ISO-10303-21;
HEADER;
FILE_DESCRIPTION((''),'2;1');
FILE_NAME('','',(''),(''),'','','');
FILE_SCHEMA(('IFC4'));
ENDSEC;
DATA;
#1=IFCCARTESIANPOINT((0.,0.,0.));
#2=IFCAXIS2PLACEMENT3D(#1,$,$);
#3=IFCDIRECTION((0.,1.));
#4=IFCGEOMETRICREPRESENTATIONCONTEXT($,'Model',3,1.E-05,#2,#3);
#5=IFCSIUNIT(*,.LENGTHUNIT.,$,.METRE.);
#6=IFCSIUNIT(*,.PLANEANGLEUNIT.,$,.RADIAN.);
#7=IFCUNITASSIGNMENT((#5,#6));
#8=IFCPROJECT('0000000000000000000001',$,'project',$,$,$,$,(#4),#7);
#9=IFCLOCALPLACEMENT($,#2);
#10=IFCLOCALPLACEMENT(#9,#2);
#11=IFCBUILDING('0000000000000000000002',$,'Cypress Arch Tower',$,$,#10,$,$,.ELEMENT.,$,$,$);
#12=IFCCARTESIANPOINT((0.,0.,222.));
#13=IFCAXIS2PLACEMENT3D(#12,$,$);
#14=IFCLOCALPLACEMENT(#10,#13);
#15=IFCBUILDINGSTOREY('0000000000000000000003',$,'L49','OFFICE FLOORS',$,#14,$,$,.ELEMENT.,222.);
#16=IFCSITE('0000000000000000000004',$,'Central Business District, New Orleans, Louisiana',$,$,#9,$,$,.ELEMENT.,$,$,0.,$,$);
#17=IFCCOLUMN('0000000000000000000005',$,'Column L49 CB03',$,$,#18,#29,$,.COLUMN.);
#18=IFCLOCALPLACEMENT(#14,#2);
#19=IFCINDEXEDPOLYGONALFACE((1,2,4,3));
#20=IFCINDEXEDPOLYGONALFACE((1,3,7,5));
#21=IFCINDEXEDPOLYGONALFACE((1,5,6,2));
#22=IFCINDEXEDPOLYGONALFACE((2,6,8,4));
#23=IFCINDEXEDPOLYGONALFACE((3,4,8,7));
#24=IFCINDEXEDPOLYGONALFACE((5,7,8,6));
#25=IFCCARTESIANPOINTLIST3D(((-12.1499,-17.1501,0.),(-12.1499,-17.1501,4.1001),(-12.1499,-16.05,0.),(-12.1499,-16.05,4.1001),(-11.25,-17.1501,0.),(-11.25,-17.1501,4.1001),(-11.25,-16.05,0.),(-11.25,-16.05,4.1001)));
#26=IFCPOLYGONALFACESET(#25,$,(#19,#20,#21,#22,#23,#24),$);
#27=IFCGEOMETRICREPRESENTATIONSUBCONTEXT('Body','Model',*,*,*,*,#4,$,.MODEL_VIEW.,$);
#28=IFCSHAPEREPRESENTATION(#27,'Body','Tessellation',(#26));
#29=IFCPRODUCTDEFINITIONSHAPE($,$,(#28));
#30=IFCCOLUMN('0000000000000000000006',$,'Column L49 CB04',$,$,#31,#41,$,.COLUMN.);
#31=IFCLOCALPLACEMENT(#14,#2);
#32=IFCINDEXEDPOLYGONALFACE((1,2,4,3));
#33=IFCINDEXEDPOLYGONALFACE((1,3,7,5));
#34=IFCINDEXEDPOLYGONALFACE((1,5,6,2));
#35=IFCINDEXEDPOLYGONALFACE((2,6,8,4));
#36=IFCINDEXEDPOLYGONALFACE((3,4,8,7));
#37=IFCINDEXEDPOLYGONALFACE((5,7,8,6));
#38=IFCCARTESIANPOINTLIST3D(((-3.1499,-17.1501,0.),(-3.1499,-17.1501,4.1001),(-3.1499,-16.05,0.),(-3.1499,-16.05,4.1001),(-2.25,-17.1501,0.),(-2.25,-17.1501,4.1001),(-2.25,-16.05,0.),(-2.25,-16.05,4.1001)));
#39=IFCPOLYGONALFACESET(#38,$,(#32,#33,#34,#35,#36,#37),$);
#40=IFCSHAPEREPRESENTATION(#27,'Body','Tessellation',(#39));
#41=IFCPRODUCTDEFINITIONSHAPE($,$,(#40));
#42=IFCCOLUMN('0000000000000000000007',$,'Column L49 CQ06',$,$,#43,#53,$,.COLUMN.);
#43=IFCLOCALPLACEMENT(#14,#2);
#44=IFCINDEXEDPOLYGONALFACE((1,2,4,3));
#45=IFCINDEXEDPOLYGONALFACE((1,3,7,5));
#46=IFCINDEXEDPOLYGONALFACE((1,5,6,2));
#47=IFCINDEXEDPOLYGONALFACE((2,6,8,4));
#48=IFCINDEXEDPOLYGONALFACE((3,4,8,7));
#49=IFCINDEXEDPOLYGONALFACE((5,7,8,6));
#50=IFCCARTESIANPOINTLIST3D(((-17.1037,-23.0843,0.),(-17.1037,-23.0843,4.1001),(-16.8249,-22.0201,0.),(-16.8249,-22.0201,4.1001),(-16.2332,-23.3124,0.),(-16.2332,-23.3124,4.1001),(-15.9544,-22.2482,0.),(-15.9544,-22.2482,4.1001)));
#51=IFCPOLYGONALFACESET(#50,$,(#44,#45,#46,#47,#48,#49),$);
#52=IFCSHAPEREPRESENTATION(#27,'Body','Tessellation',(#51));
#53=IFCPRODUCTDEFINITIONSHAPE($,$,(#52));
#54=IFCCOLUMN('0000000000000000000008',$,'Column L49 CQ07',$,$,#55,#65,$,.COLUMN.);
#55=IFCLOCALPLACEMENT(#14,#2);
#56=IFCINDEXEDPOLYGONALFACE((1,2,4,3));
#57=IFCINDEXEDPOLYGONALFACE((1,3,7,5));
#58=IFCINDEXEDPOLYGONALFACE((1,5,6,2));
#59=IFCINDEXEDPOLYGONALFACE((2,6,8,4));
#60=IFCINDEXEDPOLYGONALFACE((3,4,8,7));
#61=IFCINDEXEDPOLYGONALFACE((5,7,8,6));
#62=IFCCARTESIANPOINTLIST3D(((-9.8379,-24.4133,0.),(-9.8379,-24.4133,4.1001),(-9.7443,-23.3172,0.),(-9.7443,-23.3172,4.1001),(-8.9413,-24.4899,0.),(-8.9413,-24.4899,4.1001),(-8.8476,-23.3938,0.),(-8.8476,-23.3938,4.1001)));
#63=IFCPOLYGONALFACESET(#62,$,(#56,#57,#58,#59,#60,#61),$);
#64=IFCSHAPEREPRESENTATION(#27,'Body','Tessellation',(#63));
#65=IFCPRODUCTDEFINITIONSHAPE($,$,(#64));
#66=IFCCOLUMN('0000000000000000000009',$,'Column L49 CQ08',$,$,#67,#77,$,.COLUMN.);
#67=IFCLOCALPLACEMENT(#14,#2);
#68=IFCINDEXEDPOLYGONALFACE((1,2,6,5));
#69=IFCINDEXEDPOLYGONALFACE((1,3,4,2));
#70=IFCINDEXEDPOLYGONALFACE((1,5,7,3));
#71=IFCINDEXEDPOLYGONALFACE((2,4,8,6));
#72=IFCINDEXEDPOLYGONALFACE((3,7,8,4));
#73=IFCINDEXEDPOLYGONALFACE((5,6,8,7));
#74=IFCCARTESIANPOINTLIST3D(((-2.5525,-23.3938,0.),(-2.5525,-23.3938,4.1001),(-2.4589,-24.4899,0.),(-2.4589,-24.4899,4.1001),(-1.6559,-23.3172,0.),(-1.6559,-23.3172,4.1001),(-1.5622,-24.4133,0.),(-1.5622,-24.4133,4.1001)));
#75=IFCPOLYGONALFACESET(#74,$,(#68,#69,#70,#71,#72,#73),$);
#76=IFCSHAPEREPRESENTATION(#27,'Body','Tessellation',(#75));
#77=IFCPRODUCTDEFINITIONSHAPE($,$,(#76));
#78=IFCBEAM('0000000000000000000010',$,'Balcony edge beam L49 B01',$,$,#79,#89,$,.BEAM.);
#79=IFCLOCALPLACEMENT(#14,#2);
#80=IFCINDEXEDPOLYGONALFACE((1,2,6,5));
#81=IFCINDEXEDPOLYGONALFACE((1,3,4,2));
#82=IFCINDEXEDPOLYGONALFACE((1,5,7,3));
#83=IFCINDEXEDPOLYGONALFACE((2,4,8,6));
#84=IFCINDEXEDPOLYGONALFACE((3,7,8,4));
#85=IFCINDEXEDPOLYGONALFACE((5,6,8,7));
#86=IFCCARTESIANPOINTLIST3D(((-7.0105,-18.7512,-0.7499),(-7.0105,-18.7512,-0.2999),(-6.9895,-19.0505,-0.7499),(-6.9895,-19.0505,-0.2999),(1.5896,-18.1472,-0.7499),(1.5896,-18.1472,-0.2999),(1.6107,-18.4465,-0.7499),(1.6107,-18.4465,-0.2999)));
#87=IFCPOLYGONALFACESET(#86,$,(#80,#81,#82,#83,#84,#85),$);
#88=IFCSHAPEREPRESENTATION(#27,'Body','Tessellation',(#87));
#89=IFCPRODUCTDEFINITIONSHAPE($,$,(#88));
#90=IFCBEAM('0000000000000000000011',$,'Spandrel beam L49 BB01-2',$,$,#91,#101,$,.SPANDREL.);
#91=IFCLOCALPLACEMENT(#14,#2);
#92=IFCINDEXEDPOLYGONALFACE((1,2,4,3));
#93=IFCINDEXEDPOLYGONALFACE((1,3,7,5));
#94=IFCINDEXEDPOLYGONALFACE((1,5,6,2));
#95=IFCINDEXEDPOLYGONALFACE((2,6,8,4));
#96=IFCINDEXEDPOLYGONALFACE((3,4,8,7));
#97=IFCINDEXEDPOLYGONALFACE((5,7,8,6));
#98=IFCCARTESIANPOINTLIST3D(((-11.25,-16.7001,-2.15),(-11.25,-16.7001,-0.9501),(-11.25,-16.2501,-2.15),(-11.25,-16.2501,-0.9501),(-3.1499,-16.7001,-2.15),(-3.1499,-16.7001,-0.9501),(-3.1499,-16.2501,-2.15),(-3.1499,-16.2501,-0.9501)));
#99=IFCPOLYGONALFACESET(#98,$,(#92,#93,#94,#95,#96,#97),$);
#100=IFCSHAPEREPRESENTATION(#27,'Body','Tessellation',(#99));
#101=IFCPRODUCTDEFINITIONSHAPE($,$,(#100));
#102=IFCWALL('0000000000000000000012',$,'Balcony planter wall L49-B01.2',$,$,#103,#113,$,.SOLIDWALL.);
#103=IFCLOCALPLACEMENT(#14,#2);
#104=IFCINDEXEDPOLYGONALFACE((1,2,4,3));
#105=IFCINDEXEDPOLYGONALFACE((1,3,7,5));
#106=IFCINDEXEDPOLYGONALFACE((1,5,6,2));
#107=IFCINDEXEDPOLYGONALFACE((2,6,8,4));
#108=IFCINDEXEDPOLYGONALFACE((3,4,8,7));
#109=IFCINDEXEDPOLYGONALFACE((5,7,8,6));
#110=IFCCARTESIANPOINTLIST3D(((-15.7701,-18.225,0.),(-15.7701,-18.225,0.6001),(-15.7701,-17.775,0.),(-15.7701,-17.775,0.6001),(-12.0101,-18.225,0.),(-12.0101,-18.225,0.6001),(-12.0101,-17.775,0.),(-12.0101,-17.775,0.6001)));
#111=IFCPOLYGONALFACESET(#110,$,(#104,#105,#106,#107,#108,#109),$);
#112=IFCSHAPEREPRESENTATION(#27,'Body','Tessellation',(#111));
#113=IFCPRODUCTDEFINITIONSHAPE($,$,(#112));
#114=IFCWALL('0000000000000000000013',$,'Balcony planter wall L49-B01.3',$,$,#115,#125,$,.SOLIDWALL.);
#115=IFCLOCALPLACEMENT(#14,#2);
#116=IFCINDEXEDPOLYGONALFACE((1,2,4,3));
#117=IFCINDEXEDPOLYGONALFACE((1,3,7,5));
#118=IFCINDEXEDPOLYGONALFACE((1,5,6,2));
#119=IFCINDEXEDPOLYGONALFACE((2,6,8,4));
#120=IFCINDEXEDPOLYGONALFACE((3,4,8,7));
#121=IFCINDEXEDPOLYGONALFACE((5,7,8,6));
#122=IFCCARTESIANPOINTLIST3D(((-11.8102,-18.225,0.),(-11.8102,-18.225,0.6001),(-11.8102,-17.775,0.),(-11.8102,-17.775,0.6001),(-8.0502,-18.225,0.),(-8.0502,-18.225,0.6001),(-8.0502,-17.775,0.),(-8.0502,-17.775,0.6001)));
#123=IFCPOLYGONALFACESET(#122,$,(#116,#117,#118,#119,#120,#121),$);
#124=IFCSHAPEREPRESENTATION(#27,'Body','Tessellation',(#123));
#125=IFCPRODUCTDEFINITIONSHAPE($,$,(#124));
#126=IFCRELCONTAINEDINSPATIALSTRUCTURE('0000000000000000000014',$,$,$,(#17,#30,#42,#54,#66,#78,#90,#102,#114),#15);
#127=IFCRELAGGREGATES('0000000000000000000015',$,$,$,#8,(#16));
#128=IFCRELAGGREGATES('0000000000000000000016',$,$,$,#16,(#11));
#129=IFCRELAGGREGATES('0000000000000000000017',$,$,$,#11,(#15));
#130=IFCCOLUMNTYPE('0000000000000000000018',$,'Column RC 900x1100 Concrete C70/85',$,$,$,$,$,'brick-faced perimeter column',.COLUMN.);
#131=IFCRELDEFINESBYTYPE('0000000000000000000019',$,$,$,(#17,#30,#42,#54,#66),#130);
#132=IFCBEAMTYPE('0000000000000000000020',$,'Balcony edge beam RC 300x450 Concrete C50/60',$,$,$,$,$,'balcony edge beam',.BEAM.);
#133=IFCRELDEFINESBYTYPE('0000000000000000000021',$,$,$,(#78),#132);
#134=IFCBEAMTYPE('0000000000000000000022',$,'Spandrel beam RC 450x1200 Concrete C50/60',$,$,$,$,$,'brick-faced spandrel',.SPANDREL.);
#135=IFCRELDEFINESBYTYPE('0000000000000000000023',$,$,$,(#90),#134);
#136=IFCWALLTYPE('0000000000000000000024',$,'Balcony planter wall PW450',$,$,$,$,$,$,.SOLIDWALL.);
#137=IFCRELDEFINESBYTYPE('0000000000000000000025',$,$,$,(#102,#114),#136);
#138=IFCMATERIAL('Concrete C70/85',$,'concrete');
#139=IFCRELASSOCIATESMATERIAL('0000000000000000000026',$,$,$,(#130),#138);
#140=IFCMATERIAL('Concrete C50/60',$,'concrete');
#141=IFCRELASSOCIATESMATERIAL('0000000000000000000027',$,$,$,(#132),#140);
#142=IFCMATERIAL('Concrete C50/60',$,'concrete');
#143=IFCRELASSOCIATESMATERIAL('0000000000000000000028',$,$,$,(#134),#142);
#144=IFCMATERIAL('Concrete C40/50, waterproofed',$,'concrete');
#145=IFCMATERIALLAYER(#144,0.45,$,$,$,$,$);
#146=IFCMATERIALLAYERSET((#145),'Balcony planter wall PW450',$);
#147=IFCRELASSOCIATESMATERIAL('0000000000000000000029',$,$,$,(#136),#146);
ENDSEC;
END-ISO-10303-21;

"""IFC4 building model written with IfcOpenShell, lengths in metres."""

from ifc_helpers import new_model, si_unit, direction, frame, frame_2d, origin, origin_2d, place, context, subcontext, project, spatial, rectangle, extrude, material, layer, layer_set, material_profile, profile_set, type_object, element, save


model = new_model("IFC4")

# Units and contexts
model_context = context("Model", 3, precision=1e-05, world=origin(), true_north=direction((0.0, 1.0)))
body_context = subcontext(model_context, "Body", "Model", "MODEL_VIEW")
ifc_project = project(units=[si_unit("LENGTHUNIT", "METRE"), si_unit("PLANEANGLEUNIT", "RADIAN")], contexts=[model_context])

# Site, building, storey
site_placement = place(None, origin())
site = spatial("IfcSite", under=ifc_project, at=site_placement, Name="Central Business District, New Orleans, Louisiana", CompositionType="ELEMENT", RefElevation=0.0)
building_placement = place(site_placement, origin())
building = spatial("IfcBuilding", under=site, at=building_placement, Name="Cypress Arch Tower", CompositionType="ELEMENT")
storey_placement = place(building_placement, frame((0.0, 0.0, 222.0)))
storey = spatial("IfcBuildingStorey", under=building, at=storey_placement, Name="L49", Description="OFFICE FLOORS", CompositionType="ELEMENT", Elevation=222.0)

# Columns
ifc_material_1 = material(Name="Concrete C70/85", Category="concrete")
ifc_material_profile_1 = material_profile(ifc_material_1, rectangle(XDim=0.8999, YDim=1.1001, at=origin_2d()), Name="RC 900x1100")
ifc_profile_set_1 = profile_set([ifc_material_profile_1], Name="Concrete C70/85")
column_type = type_object("IfcColumnType", Name="Column RC 900x1100 Concrete C70/85", ElementType="brick-faced perimeter column", PredefinedType="COLUMN", material=ifc_profile_set_1)
for number, where, z_axis, x_axis, name in (
    (1, (-11.7, -16.6001, 0.0), (0.0, 0.0, 1.0), (1.0, 0.0, 0.0), "Column L49 CB03"),
    (2, (-2.7, -16.6001, 0.0), (0.0, 0.0, 1.0), (1.0, 0.0, 0.0), "Column L49 CB04"),
    (3, (-16.5291, -22.6663, 0.0), (0.0, 0.0, 1.0), (0.967356, -0.253422, 0.0), "Column L49 CQ06"),
    (4, (-9.3428, -23.9036, 0.0), (0.0, 0.0, 1.0), (0.996368, -0.085149, 0.0), "Column L49 CQ07"),
    (5, (-2.0574, -23.9036, 0.0), (0.0, 0.0, 1.0), (0.996368, 0.085149, 0.0), "Column L49 CQ08"),
):
    element("IfcColumn", number, at=place(storey_placement, frame(where, z_axis=z_axis, x_axis=x_axis)), inside=storey, type_object=column_type, Name=name, PredefinedType="COLUMN", context=body_context, shape_type="SweptSolid", body=[
        extrude(rectangle(XDim=0.8999, YDim=1.1001, at=origin_2d()), origin(), (0.0, 0.0, 1.0), 4.1001),
    ])

# Beams
ifc_material_2 = material(Name="Concrete C50/60", Category="concrete")
ifc_material_profile_2 = material_profile(ifc_material_2, rectangle(XDim=0.3, YDim=0.45, at=origin_2d()), Name="RC 300x450")
ifc_profile_set_2 = profile_set([ifc_material_profile_2], Name="Concrete C50/60")
beam_type_1 = type_object("IfcBeamType", Name="Balcony edge beam RC 300x450 Concrete C50/60", ElementType="balcony edge beam", PredefinedType="BEAM", material=ifc_profile_set_2)
beam_1_placement = place(storey_placement, frame((-7.0, -18.9009, -0.5249), z_axis=(0.997543, 0.07006, 0.0), x_axis=(-0.07006, 0.997543, 0.0)))
element("IfcBeam", 6, at=beam_1_placement, inside=storey, type_object=beam_type_1, Name="Balcony edge beam L49 B01", PredefinedType="BEAM", context=body_context, shape_type="SweptSolid", body=[
    extrude(rectangle(XDim=0.3, YDim=0.45, at=origin_2d()), origin(), (0.0, 0.0, 1.0), 8.6213),
])
ifc_material_3 = material(Name="Concrete C50/60", Category="concrete")
ifc_material_profile_3 = material_profile(ifc_material_3, rectangle(XDim=0.45, YDim=1.2, at=origin_2d()), Name="RC 450x1200")
ifc_profile_set_3 = profile_set([ifc_material_profile_3], Name="Concrete C50/60")
beam_type_2 = type_object("IfcBeamType", Name="Spandrel beam RC 450x1200 Concrete C50/60", ElementType="brick-faced spandrel", PredefinedType="SPANDREL", material=ifc_profile_set_3)
beam_2_placement = place(storey_placement, frame((-11.25, -16.4751, -1.55), z_axis=(1.0, 0.0, 0.0), x_axis=(0.0, 1.0, 0.0)))
element("IfcBeam", 7, at=beam_2_placement, inside=storey, type_object=beam_type_2, Name="Spandrel beam L49 BB01-2", PredefinedType="SPANDREL", context=body_context, shape_type="SweptSolid", body=[
    extrude(rectangle(XDim=0.45, YDim=1.2, at=origin_2d()), origin(), (0.0, 0.0, 1.0), 8.1001),
])

# Walls
ifc_material_4 = material(Name="Concrete C40/50, waterproofed", Category="concrete")
ifc_layer_1 = layer(ifc_material_4, 0.45)
ifc_layer_set_1 = layer_set([ifc_layer_1], Name="Balcony planter wall PW450")
wall_type_1 = type_object("IfcWallType", Name="Balcony planter wall PW450", PredefinedType="SOLIDWALL", material=ifc_layer_set_1)
for number, where, z_axis, x_axis, name in (
    (8, (-15.77, -18.0, 0.0), (0.0, 0.0, 1.0), (1.0, 0.0, 0.0), "Balcony planter wall L49-B01.2"),
    (9, (-11.8101, -18.0, 0.0), (0.0, 0.0, 1.0), (1.0, 0.0, 0.0), "Balcony planter wall L49-B01.3"),
):
    element("IfcWall", number, at=place(storey_placement, frame(where, z_axis=z_axis, x_axis=x_axis)), inside=storey, type_object=wall_type_1, Name=name, PredefinedType="SOLIDWALL", context=body_context, shape_type="SweptSolid", body=[
        extrude(rectangle(XDim=3.76, YDim=0.45, at=frame_2d((1.8799, 0.0))), origin(), (0.0, 0.0, 1.0), 0.6001),
    ])

save(model, "model.ifc")
